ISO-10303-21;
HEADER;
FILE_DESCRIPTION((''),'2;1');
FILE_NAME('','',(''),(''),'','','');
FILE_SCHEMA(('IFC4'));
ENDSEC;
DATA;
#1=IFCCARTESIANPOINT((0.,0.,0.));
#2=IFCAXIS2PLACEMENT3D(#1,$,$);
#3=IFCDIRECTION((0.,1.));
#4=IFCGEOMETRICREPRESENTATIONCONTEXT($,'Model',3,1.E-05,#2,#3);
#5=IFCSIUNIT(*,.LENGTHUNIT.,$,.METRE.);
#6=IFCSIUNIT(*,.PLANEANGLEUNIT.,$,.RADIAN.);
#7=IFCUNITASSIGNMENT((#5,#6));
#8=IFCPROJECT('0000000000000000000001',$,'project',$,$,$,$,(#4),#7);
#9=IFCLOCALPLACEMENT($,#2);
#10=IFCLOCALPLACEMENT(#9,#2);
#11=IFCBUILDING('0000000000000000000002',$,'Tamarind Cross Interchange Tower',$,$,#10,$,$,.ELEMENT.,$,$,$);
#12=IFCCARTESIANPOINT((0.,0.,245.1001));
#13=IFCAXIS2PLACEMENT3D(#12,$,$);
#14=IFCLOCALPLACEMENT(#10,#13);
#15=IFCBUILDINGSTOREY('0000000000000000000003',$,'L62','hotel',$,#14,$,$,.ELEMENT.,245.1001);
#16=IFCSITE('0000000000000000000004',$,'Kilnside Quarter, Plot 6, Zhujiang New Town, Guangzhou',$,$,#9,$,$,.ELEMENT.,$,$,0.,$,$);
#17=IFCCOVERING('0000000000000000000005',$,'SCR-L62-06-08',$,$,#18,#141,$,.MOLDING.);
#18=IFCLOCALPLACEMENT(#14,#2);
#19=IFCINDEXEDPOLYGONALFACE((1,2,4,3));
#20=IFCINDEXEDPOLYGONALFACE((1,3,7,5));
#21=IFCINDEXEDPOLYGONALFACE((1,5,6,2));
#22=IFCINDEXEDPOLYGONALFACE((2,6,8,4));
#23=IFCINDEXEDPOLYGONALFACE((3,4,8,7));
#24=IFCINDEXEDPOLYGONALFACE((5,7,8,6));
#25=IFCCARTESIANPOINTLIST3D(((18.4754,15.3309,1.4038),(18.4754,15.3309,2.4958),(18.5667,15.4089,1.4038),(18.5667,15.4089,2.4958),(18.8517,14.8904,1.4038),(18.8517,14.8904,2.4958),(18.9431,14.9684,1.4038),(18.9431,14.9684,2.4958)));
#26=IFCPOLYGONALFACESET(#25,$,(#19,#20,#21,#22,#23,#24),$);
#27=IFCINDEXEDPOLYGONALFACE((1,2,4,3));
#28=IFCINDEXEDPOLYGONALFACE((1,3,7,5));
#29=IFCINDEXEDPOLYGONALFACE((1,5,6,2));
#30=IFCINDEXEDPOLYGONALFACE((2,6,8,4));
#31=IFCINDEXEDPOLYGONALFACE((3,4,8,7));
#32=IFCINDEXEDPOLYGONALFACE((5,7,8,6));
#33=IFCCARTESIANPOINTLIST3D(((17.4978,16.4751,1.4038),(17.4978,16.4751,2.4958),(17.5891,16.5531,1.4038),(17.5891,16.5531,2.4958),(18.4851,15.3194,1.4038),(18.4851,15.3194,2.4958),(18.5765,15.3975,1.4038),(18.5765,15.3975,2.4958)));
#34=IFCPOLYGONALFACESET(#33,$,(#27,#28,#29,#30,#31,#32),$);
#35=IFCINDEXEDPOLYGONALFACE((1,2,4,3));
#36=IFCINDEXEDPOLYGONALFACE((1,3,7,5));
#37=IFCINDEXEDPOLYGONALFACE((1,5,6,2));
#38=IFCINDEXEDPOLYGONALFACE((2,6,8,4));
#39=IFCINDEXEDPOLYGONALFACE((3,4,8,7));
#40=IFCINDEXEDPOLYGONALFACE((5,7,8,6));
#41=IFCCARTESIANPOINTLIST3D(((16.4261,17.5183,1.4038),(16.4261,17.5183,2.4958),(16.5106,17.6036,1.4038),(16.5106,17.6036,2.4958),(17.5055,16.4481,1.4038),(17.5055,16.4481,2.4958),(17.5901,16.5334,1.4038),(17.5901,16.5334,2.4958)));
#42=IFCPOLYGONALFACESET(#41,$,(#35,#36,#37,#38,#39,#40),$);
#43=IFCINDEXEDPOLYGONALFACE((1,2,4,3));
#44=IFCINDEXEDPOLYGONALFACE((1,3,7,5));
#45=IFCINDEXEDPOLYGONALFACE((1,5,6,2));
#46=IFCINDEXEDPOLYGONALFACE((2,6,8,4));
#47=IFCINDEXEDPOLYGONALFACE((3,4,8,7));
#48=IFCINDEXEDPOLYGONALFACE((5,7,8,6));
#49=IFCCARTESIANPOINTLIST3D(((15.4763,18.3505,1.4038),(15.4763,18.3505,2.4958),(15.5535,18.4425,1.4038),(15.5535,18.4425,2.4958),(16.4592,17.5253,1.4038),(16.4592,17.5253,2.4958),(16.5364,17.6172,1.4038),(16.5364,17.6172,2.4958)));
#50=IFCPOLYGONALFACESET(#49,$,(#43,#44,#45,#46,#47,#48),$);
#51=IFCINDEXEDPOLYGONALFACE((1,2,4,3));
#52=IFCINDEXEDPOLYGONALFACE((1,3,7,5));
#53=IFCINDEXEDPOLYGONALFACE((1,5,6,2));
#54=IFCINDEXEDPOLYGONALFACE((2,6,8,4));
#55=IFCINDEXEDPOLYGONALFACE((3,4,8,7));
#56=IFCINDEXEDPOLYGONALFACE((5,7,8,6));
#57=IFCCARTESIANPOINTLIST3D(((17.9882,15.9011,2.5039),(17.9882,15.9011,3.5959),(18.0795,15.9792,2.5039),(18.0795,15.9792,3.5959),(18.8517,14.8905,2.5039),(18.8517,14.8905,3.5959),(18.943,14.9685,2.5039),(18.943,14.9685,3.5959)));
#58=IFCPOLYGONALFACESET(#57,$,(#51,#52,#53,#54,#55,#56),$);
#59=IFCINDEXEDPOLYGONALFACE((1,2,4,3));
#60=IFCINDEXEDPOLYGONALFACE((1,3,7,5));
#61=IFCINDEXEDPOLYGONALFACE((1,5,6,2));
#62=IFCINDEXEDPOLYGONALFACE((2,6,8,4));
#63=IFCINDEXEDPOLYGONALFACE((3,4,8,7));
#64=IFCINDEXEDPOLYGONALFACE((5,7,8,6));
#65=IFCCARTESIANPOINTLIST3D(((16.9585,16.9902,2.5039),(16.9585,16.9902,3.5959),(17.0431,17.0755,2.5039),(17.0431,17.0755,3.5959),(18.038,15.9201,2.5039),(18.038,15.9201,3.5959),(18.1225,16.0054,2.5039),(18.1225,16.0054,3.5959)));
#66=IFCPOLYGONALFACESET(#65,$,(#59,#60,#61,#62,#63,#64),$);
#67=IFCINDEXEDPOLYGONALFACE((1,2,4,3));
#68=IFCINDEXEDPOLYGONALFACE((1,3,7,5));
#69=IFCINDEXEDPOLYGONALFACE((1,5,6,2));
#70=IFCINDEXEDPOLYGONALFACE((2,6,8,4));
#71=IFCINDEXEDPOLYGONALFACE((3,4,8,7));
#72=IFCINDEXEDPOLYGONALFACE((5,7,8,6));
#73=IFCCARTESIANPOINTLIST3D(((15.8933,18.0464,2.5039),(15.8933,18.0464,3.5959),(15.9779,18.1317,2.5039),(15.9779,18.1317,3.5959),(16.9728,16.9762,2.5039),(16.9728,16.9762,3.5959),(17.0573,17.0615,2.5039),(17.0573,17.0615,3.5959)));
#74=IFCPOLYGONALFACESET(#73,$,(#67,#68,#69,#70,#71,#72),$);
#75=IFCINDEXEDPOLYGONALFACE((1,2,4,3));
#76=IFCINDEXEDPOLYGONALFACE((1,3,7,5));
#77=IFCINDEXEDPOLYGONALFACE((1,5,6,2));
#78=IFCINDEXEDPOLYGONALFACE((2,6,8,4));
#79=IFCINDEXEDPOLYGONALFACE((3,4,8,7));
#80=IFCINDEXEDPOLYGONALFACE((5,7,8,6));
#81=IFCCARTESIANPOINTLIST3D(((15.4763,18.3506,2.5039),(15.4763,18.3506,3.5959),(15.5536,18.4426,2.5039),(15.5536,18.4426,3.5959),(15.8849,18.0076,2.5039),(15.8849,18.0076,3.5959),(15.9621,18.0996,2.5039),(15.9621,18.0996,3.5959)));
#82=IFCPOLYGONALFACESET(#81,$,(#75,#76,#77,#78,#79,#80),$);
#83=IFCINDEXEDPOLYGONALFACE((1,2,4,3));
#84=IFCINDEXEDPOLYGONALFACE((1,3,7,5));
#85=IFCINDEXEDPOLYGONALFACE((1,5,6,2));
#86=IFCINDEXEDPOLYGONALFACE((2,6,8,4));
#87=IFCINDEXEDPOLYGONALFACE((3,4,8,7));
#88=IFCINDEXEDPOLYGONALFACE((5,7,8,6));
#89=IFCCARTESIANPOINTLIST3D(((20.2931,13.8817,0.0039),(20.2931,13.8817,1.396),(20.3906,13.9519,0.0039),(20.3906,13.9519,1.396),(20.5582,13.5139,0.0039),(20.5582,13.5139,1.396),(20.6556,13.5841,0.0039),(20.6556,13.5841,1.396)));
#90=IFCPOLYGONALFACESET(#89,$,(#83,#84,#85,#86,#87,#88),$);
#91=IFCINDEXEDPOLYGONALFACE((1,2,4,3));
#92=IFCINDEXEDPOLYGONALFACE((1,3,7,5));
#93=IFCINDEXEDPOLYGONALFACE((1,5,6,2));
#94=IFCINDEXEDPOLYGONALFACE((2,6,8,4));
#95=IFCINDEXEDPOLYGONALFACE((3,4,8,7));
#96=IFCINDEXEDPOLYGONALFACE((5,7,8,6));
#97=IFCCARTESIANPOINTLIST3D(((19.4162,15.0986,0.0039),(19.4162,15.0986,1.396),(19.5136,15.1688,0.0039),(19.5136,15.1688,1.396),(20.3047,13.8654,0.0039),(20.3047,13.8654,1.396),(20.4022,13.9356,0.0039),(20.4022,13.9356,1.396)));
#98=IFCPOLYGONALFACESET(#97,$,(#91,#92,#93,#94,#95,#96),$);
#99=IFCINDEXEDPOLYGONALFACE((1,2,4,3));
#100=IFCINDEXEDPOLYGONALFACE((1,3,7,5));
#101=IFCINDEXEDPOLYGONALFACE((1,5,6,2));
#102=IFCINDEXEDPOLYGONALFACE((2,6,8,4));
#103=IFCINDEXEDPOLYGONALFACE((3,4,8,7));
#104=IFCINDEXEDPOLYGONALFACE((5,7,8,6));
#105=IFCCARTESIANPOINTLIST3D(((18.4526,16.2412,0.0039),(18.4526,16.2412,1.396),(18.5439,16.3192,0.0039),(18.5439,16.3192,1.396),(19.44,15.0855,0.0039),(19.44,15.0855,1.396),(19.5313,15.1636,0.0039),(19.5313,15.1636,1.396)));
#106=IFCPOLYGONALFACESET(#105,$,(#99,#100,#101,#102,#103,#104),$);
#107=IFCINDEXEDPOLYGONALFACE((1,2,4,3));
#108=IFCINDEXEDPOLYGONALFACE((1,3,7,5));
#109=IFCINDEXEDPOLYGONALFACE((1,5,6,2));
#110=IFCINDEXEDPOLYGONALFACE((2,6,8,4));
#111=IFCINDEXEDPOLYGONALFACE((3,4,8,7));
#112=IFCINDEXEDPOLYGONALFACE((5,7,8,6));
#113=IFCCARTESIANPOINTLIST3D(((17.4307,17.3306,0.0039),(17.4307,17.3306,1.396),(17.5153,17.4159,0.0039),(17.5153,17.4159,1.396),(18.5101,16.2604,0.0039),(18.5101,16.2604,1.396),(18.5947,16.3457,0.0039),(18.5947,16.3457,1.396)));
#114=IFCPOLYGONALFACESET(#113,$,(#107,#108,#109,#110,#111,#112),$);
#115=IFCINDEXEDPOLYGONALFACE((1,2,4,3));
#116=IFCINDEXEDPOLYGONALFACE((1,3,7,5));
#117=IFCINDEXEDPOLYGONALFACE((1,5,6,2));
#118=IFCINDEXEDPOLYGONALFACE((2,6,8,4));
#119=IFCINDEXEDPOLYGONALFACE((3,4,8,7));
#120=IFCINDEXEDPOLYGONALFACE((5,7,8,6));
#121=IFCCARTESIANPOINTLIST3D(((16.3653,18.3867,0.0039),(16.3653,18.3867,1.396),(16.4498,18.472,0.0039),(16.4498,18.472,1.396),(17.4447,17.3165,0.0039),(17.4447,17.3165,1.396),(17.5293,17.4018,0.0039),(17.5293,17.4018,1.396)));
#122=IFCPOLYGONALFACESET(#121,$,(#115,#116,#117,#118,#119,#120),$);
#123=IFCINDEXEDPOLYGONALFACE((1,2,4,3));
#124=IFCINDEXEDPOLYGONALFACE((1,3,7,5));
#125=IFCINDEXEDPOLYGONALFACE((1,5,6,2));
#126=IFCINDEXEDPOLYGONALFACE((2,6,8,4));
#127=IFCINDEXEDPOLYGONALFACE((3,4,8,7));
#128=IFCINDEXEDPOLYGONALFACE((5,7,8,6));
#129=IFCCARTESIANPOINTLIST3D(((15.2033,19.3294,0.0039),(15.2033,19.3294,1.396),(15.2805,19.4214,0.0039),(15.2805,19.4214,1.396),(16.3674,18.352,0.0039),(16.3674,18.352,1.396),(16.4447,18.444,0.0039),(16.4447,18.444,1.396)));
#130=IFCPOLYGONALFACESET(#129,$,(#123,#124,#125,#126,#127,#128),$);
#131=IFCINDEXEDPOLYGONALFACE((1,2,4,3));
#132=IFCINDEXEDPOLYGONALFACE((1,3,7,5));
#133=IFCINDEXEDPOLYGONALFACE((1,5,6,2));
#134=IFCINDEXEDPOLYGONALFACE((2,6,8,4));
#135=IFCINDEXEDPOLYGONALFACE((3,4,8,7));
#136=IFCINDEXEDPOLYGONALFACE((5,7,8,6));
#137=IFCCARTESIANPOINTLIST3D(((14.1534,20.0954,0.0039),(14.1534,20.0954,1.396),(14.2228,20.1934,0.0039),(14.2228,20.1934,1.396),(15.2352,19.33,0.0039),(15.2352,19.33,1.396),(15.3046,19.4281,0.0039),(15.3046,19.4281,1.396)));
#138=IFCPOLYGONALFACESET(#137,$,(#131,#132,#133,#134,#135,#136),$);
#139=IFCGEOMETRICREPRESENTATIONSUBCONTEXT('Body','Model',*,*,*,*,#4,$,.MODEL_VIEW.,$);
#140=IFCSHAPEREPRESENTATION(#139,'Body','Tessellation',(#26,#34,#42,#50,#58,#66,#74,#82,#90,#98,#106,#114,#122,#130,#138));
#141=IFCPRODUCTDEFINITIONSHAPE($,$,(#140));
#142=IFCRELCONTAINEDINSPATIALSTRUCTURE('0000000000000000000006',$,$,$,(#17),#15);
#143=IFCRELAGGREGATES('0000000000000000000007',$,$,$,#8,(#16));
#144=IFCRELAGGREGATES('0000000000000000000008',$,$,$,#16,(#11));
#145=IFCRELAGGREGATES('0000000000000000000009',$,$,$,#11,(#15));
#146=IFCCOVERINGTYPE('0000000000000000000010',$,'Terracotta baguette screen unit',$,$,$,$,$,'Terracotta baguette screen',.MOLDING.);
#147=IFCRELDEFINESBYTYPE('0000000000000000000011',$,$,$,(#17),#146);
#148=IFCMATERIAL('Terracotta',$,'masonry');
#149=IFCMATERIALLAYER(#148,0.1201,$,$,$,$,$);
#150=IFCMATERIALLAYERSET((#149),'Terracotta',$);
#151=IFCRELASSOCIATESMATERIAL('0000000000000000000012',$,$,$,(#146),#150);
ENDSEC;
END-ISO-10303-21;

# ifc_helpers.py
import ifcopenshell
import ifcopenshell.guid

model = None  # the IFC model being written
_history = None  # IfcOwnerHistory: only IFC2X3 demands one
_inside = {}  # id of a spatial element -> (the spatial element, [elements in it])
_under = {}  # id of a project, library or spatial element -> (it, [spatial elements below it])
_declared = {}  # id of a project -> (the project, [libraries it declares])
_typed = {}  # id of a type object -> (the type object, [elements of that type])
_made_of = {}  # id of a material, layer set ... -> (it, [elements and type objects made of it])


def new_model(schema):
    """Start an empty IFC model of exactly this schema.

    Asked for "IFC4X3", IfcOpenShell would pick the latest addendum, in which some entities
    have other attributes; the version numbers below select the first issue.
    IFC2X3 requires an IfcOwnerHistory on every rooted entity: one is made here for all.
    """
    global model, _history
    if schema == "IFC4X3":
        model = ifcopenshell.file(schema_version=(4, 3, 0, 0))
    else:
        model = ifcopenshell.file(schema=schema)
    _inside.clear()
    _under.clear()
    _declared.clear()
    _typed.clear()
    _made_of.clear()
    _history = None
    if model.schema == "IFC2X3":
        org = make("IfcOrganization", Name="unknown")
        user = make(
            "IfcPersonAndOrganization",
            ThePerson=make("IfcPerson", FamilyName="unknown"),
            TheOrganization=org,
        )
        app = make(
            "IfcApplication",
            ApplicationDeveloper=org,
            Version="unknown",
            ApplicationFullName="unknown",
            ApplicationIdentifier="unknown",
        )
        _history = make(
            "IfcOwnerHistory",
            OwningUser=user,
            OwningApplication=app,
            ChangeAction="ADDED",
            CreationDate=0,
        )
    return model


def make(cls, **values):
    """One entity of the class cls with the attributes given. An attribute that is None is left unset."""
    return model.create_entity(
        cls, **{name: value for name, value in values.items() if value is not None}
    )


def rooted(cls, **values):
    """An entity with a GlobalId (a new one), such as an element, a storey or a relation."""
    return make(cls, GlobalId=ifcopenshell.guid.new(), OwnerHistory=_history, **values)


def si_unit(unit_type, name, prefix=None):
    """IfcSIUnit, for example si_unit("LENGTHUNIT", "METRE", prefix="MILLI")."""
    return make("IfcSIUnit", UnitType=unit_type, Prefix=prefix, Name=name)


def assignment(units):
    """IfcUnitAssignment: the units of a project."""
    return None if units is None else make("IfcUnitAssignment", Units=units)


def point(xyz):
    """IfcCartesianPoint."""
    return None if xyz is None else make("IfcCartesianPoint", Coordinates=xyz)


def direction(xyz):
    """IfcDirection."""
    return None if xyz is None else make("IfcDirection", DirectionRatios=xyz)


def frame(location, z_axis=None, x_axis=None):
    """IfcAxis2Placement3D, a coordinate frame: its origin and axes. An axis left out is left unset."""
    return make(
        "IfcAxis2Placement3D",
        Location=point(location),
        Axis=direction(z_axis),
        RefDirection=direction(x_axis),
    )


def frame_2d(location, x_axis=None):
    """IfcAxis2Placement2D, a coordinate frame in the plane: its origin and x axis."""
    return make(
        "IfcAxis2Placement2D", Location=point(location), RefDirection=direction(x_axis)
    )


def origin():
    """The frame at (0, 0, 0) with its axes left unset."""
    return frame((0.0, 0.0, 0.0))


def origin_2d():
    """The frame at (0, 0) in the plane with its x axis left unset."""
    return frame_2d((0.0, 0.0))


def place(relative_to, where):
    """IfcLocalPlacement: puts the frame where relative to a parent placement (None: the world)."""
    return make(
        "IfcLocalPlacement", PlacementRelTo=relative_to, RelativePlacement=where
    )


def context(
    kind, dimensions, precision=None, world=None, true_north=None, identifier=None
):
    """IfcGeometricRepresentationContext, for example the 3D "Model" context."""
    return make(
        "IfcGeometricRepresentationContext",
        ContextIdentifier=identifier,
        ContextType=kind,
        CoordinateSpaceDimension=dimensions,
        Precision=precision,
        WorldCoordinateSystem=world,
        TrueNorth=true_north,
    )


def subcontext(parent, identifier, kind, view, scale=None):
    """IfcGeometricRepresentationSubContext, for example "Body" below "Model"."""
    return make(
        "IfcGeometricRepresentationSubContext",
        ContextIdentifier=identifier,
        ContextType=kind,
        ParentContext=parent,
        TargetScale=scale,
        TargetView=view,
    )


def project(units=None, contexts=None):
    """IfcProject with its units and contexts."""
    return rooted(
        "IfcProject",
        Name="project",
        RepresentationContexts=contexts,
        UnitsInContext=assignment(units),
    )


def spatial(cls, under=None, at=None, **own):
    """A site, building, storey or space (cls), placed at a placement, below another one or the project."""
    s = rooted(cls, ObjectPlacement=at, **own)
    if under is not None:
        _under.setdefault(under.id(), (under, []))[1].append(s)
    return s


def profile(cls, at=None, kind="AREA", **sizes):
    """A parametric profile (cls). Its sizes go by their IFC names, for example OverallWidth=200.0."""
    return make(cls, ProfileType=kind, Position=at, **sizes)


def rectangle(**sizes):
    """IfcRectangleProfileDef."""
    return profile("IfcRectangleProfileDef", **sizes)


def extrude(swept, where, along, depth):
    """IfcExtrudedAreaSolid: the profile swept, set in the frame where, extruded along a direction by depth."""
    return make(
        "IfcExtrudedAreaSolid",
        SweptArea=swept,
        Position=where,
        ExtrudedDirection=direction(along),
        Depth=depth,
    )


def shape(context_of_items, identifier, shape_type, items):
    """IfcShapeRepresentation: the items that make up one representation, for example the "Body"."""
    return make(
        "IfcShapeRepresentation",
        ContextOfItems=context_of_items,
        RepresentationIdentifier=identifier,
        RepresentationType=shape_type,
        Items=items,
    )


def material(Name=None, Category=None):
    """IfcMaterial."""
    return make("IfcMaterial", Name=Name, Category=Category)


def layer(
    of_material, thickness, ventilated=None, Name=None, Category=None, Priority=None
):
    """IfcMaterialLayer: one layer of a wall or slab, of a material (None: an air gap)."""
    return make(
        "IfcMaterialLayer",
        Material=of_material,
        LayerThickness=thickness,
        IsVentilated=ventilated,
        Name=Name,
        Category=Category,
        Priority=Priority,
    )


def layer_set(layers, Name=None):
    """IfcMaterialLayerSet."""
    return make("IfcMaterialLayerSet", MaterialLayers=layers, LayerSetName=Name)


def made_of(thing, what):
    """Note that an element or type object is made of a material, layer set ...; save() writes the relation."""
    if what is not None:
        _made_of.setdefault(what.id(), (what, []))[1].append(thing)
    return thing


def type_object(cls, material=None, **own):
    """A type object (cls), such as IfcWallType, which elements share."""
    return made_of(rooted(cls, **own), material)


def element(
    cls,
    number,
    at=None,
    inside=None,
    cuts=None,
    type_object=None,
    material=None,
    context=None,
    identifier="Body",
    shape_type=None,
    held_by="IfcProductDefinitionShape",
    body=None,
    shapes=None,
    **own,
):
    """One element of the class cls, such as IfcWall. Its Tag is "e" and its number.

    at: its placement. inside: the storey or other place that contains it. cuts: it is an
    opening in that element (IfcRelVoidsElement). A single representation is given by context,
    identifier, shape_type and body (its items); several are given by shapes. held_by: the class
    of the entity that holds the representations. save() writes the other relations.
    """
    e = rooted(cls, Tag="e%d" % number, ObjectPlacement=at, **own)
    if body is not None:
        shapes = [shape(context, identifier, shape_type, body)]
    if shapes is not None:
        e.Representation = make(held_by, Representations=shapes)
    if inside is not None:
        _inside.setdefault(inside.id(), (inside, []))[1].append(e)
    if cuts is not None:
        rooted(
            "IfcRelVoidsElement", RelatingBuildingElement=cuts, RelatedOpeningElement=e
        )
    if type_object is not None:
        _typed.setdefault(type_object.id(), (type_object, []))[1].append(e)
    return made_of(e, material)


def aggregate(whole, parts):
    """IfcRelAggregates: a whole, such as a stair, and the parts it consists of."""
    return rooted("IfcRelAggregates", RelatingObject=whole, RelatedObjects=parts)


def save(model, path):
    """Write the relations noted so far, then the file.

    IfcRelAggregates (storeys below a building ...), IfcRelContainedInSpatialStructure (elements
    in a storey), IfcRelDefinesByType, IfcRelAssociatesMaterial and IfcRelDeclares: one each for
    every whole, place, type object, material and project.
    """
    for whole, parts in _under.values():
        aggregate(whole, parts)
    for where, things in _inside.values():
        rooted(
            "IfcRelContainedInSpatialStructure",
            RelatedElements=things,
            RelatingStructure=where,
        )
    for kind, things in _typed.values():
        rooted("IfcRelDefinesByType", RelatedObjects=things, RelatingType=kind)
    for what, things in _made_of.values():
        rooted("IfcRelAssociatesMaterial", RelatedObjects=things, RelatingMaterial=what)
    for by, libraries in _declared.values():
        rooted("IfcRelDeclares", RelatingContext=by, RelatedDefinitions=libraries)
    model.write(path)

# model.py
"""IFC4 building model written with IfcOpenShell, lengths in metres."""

from ifc_helpers import new_model, si_unit, direction, frame, origin, origin_2d, place, context, subcontext, project, spatial, rectangle, extrude, material, layer, layer_set, type_object, element, save


model = new_model("IFC4")

# Units and contexts
model_context = context("Model", 3, precision=1e-05, world=origin(), true_north=direction((0.0, 1.0)))
body_context = subcontext(model_context, "Body", "Model", "MODEL_VIEW")
ifc_project = project(units=[si_unit("LENGTHUNIT", "METRE"), si_unit("PLANEANGLEUNIT", "RADIAN")], contexts=[model_context])

# Site, building, storey
site_placement = place(None, origin())
site = spatial("IfcSite", under=ifc_project, at=site_placement, Name="Kilnside Quarter, Plot 6, Zhujiang New Town, Guangzhou", CompositionType="ELEMENT", RefElevation=0.0)
building_placement = place(site_placement, origin())
building = spatial("IfcBuilding", under=site, at=building_placement, Name="Tamarind Cross Interchange Tower", CompositionType="ELEMENT")
storey_placement = place(building_placement, frame((0.0, 0.0, 245.1001)))
storey = spatial("IfcBuildingStorey", under=building, at=storey_placement, Name="L62", Description="hotel", CompositionType="ELEMENT", Elevation=245.1001)

# Covering
ifc_material_1 = material(Name="Terracotta", Category="masonry")
ifc_layer_1 = layer(ifc_material_1, 0.1201)
ifc_layer_set_1 = layer_set([ifc_layer_1], Name="Terracotta")
covering_type = type_object("IfcCoveringType", Name="Terracotta baguette screen unit", ElementType="Terracotta baguette screen", PredefinedType="MOLDING", material=ifc_layer_set_1)
covering_1_placement = place(storey_placement, origin())
element("IfcCovering", 1, at=covering_1_placement, inside=storey, type_object=covering_type, Name="SCR-L62-06-08", PredefinedType="MOLDING", context=body_context, shape_type="SweptSolid", body=[
    extrude(rectangle(XDim=0.5793, YDim=0.1201, at=origin_2d()), frame((18.7092, 15.1497, 1.4038), z_axis=(0.0, 0.0, 1.0), x_axis=(-0.649577, 0.760296, 0.0)), (0.0, 0.0, 1.0), 1.092),
    extrude(rectangle(XDim=1.52, YDim=0.1201, at=origin_2d()), frame((18.0371, 15.9363, 1.4038), z_axis=(0.0, 0.0, 1.0), x_axis=(-0.649577, 0.760296, 0.0)), (0.0, 0.0, 1.0), 1.092),
    extrude(rectangle(XDim=1.52, YDim=0.1201, at=origin_2d()), frame((17.0081, 17.0259, 1.4038), z_axis=(0.0, 0.0, 1.0), x_axis=(-0.710143, 0.704057, 0.0)), (0.0, 0.0, 1.0), 1.092),
    extrude(rectangle(XDim=1.2834, YDim=0.1201, at=origin_2d()), frame((16.0063, 17.9839, 1.4038), z_axis=(0.0, 0.0, 1.0), x_axis=(-0.765858, 0.643009, 0.0)), (0.0, 0.0, 1.0), 1.092),
    extrude(rectangle(XDim=1.3293, YDim=0.1201, at=origin_2d()), frame((18.4656, 15.4348, 2.5039), z_axis=(0.0, 0.0, 1.0), x_axis=(-0.649577, 0.760296, 0.0)), (0.0, 0.0, 1.0), 1.092),
    extrude(rectangle(XDim=1.52, YDim=0.1201, at=origin_2d()), frame((17.5405, 16.4978, 2.5039), z_axis=(0.0, 0.0, 1.0), x_axis=(-0.710143, 0.704057, 0.0)), (0.0, 0.0, 1.0), 1.092),
    extrude(rectangle(XDim=1.52, YDim=0.1201, at=origin_2d()), frame((16.4753, 17.554, 2.5039), z_axis=(0.0, 0.0, 1.0), x_axis=(-0.710143, 0.704057, 0.0)), (0.0, 0.0, 1.0), 1.092),
    extrude(rectangle(XDim=0.5334, YDim=0.1201, at=origin_2d()), frame((15.7192, 18.2251, 2.5039), z_axis=(0.0, 0.0, 1.0), x_axis=(-0.765858, 0.643009, 0.0)), (0.0, 0.0, 1.0), 1.092),
    extrude(rectangle(XDim=0.4534, YDim=0.1201, at=origin_2d()), frame((20.4744, 13.7329, 0.0039), z_axis=(0.0, 0.0, 1.0), x_axis=(-0.584574, 0.81134, 0.0)), (0.0, 0.0, 1.0), 1.3921),
    extrude(rectangle(XDim=1.52, YDim=0.1201, at=origin_2d()), frame((19.9092, 14.5171, 0.0039), z_axis=(0.0, 0.0, 1.0), x_axis=(-0.584574, 0.81134, 0.0)), (0.0, 0.0, 1.0), 1.3921),
    extrude(rectangle(XDim=1.52, YDim=0.1201, at=origin_2d()), frame((18.9919, 15.7024, 0.0039), z_axis=(0.0, 0.0, 1.0), x_axis=(-0.649577, 0.760296, 0.0)), (0.0, 0.0, 1.0), 1.3921),
    extrude(rectangle(XDim=1.52, YDim=0.1201, at=origin_2d()), frame((18.0127, 16.8381, 0.0039), z_axis=(0.0, 0.0, 1.0), x_axis=(-0.710143, 0.704057, 0.0)), (0.0, 0.0, 1.0), 1.3921),
    extrude(rectangle(XDim=1.52, YDim=0.1201, at=origin_2d()), frame((16.9473, 17.8943, 0.0039), z_axis=(0.0, 0.0, 1.0), x_axis=(-0.710143, 0.704057, 0.0)), (0.0, 0.0, 1.0), 1.3921),
    extrude(rectangle(XDim=1.52, YDim=0.1201, at=origin_2d()), frame((15.824, 18.8867, 0.0039), z_axis=(0.0, 0.0, 1.0), x_axis=(-0.765858, 0.643009, 0.0)), (0.0, 0.0, 1.0), 1.3921),
    extrude(rectangle(XDim=1.3252, YDim=0.1201, at=origin_2d()), frame((14.729, 19.7617, 0.0039), z_axis=(0.0, 0.0, 1.0), x_axis=(-0.816342, 0.577569, 0.0)), (0.0, 0.0, 1.0), 1.3921),
])

save(model, "model.ifc")
